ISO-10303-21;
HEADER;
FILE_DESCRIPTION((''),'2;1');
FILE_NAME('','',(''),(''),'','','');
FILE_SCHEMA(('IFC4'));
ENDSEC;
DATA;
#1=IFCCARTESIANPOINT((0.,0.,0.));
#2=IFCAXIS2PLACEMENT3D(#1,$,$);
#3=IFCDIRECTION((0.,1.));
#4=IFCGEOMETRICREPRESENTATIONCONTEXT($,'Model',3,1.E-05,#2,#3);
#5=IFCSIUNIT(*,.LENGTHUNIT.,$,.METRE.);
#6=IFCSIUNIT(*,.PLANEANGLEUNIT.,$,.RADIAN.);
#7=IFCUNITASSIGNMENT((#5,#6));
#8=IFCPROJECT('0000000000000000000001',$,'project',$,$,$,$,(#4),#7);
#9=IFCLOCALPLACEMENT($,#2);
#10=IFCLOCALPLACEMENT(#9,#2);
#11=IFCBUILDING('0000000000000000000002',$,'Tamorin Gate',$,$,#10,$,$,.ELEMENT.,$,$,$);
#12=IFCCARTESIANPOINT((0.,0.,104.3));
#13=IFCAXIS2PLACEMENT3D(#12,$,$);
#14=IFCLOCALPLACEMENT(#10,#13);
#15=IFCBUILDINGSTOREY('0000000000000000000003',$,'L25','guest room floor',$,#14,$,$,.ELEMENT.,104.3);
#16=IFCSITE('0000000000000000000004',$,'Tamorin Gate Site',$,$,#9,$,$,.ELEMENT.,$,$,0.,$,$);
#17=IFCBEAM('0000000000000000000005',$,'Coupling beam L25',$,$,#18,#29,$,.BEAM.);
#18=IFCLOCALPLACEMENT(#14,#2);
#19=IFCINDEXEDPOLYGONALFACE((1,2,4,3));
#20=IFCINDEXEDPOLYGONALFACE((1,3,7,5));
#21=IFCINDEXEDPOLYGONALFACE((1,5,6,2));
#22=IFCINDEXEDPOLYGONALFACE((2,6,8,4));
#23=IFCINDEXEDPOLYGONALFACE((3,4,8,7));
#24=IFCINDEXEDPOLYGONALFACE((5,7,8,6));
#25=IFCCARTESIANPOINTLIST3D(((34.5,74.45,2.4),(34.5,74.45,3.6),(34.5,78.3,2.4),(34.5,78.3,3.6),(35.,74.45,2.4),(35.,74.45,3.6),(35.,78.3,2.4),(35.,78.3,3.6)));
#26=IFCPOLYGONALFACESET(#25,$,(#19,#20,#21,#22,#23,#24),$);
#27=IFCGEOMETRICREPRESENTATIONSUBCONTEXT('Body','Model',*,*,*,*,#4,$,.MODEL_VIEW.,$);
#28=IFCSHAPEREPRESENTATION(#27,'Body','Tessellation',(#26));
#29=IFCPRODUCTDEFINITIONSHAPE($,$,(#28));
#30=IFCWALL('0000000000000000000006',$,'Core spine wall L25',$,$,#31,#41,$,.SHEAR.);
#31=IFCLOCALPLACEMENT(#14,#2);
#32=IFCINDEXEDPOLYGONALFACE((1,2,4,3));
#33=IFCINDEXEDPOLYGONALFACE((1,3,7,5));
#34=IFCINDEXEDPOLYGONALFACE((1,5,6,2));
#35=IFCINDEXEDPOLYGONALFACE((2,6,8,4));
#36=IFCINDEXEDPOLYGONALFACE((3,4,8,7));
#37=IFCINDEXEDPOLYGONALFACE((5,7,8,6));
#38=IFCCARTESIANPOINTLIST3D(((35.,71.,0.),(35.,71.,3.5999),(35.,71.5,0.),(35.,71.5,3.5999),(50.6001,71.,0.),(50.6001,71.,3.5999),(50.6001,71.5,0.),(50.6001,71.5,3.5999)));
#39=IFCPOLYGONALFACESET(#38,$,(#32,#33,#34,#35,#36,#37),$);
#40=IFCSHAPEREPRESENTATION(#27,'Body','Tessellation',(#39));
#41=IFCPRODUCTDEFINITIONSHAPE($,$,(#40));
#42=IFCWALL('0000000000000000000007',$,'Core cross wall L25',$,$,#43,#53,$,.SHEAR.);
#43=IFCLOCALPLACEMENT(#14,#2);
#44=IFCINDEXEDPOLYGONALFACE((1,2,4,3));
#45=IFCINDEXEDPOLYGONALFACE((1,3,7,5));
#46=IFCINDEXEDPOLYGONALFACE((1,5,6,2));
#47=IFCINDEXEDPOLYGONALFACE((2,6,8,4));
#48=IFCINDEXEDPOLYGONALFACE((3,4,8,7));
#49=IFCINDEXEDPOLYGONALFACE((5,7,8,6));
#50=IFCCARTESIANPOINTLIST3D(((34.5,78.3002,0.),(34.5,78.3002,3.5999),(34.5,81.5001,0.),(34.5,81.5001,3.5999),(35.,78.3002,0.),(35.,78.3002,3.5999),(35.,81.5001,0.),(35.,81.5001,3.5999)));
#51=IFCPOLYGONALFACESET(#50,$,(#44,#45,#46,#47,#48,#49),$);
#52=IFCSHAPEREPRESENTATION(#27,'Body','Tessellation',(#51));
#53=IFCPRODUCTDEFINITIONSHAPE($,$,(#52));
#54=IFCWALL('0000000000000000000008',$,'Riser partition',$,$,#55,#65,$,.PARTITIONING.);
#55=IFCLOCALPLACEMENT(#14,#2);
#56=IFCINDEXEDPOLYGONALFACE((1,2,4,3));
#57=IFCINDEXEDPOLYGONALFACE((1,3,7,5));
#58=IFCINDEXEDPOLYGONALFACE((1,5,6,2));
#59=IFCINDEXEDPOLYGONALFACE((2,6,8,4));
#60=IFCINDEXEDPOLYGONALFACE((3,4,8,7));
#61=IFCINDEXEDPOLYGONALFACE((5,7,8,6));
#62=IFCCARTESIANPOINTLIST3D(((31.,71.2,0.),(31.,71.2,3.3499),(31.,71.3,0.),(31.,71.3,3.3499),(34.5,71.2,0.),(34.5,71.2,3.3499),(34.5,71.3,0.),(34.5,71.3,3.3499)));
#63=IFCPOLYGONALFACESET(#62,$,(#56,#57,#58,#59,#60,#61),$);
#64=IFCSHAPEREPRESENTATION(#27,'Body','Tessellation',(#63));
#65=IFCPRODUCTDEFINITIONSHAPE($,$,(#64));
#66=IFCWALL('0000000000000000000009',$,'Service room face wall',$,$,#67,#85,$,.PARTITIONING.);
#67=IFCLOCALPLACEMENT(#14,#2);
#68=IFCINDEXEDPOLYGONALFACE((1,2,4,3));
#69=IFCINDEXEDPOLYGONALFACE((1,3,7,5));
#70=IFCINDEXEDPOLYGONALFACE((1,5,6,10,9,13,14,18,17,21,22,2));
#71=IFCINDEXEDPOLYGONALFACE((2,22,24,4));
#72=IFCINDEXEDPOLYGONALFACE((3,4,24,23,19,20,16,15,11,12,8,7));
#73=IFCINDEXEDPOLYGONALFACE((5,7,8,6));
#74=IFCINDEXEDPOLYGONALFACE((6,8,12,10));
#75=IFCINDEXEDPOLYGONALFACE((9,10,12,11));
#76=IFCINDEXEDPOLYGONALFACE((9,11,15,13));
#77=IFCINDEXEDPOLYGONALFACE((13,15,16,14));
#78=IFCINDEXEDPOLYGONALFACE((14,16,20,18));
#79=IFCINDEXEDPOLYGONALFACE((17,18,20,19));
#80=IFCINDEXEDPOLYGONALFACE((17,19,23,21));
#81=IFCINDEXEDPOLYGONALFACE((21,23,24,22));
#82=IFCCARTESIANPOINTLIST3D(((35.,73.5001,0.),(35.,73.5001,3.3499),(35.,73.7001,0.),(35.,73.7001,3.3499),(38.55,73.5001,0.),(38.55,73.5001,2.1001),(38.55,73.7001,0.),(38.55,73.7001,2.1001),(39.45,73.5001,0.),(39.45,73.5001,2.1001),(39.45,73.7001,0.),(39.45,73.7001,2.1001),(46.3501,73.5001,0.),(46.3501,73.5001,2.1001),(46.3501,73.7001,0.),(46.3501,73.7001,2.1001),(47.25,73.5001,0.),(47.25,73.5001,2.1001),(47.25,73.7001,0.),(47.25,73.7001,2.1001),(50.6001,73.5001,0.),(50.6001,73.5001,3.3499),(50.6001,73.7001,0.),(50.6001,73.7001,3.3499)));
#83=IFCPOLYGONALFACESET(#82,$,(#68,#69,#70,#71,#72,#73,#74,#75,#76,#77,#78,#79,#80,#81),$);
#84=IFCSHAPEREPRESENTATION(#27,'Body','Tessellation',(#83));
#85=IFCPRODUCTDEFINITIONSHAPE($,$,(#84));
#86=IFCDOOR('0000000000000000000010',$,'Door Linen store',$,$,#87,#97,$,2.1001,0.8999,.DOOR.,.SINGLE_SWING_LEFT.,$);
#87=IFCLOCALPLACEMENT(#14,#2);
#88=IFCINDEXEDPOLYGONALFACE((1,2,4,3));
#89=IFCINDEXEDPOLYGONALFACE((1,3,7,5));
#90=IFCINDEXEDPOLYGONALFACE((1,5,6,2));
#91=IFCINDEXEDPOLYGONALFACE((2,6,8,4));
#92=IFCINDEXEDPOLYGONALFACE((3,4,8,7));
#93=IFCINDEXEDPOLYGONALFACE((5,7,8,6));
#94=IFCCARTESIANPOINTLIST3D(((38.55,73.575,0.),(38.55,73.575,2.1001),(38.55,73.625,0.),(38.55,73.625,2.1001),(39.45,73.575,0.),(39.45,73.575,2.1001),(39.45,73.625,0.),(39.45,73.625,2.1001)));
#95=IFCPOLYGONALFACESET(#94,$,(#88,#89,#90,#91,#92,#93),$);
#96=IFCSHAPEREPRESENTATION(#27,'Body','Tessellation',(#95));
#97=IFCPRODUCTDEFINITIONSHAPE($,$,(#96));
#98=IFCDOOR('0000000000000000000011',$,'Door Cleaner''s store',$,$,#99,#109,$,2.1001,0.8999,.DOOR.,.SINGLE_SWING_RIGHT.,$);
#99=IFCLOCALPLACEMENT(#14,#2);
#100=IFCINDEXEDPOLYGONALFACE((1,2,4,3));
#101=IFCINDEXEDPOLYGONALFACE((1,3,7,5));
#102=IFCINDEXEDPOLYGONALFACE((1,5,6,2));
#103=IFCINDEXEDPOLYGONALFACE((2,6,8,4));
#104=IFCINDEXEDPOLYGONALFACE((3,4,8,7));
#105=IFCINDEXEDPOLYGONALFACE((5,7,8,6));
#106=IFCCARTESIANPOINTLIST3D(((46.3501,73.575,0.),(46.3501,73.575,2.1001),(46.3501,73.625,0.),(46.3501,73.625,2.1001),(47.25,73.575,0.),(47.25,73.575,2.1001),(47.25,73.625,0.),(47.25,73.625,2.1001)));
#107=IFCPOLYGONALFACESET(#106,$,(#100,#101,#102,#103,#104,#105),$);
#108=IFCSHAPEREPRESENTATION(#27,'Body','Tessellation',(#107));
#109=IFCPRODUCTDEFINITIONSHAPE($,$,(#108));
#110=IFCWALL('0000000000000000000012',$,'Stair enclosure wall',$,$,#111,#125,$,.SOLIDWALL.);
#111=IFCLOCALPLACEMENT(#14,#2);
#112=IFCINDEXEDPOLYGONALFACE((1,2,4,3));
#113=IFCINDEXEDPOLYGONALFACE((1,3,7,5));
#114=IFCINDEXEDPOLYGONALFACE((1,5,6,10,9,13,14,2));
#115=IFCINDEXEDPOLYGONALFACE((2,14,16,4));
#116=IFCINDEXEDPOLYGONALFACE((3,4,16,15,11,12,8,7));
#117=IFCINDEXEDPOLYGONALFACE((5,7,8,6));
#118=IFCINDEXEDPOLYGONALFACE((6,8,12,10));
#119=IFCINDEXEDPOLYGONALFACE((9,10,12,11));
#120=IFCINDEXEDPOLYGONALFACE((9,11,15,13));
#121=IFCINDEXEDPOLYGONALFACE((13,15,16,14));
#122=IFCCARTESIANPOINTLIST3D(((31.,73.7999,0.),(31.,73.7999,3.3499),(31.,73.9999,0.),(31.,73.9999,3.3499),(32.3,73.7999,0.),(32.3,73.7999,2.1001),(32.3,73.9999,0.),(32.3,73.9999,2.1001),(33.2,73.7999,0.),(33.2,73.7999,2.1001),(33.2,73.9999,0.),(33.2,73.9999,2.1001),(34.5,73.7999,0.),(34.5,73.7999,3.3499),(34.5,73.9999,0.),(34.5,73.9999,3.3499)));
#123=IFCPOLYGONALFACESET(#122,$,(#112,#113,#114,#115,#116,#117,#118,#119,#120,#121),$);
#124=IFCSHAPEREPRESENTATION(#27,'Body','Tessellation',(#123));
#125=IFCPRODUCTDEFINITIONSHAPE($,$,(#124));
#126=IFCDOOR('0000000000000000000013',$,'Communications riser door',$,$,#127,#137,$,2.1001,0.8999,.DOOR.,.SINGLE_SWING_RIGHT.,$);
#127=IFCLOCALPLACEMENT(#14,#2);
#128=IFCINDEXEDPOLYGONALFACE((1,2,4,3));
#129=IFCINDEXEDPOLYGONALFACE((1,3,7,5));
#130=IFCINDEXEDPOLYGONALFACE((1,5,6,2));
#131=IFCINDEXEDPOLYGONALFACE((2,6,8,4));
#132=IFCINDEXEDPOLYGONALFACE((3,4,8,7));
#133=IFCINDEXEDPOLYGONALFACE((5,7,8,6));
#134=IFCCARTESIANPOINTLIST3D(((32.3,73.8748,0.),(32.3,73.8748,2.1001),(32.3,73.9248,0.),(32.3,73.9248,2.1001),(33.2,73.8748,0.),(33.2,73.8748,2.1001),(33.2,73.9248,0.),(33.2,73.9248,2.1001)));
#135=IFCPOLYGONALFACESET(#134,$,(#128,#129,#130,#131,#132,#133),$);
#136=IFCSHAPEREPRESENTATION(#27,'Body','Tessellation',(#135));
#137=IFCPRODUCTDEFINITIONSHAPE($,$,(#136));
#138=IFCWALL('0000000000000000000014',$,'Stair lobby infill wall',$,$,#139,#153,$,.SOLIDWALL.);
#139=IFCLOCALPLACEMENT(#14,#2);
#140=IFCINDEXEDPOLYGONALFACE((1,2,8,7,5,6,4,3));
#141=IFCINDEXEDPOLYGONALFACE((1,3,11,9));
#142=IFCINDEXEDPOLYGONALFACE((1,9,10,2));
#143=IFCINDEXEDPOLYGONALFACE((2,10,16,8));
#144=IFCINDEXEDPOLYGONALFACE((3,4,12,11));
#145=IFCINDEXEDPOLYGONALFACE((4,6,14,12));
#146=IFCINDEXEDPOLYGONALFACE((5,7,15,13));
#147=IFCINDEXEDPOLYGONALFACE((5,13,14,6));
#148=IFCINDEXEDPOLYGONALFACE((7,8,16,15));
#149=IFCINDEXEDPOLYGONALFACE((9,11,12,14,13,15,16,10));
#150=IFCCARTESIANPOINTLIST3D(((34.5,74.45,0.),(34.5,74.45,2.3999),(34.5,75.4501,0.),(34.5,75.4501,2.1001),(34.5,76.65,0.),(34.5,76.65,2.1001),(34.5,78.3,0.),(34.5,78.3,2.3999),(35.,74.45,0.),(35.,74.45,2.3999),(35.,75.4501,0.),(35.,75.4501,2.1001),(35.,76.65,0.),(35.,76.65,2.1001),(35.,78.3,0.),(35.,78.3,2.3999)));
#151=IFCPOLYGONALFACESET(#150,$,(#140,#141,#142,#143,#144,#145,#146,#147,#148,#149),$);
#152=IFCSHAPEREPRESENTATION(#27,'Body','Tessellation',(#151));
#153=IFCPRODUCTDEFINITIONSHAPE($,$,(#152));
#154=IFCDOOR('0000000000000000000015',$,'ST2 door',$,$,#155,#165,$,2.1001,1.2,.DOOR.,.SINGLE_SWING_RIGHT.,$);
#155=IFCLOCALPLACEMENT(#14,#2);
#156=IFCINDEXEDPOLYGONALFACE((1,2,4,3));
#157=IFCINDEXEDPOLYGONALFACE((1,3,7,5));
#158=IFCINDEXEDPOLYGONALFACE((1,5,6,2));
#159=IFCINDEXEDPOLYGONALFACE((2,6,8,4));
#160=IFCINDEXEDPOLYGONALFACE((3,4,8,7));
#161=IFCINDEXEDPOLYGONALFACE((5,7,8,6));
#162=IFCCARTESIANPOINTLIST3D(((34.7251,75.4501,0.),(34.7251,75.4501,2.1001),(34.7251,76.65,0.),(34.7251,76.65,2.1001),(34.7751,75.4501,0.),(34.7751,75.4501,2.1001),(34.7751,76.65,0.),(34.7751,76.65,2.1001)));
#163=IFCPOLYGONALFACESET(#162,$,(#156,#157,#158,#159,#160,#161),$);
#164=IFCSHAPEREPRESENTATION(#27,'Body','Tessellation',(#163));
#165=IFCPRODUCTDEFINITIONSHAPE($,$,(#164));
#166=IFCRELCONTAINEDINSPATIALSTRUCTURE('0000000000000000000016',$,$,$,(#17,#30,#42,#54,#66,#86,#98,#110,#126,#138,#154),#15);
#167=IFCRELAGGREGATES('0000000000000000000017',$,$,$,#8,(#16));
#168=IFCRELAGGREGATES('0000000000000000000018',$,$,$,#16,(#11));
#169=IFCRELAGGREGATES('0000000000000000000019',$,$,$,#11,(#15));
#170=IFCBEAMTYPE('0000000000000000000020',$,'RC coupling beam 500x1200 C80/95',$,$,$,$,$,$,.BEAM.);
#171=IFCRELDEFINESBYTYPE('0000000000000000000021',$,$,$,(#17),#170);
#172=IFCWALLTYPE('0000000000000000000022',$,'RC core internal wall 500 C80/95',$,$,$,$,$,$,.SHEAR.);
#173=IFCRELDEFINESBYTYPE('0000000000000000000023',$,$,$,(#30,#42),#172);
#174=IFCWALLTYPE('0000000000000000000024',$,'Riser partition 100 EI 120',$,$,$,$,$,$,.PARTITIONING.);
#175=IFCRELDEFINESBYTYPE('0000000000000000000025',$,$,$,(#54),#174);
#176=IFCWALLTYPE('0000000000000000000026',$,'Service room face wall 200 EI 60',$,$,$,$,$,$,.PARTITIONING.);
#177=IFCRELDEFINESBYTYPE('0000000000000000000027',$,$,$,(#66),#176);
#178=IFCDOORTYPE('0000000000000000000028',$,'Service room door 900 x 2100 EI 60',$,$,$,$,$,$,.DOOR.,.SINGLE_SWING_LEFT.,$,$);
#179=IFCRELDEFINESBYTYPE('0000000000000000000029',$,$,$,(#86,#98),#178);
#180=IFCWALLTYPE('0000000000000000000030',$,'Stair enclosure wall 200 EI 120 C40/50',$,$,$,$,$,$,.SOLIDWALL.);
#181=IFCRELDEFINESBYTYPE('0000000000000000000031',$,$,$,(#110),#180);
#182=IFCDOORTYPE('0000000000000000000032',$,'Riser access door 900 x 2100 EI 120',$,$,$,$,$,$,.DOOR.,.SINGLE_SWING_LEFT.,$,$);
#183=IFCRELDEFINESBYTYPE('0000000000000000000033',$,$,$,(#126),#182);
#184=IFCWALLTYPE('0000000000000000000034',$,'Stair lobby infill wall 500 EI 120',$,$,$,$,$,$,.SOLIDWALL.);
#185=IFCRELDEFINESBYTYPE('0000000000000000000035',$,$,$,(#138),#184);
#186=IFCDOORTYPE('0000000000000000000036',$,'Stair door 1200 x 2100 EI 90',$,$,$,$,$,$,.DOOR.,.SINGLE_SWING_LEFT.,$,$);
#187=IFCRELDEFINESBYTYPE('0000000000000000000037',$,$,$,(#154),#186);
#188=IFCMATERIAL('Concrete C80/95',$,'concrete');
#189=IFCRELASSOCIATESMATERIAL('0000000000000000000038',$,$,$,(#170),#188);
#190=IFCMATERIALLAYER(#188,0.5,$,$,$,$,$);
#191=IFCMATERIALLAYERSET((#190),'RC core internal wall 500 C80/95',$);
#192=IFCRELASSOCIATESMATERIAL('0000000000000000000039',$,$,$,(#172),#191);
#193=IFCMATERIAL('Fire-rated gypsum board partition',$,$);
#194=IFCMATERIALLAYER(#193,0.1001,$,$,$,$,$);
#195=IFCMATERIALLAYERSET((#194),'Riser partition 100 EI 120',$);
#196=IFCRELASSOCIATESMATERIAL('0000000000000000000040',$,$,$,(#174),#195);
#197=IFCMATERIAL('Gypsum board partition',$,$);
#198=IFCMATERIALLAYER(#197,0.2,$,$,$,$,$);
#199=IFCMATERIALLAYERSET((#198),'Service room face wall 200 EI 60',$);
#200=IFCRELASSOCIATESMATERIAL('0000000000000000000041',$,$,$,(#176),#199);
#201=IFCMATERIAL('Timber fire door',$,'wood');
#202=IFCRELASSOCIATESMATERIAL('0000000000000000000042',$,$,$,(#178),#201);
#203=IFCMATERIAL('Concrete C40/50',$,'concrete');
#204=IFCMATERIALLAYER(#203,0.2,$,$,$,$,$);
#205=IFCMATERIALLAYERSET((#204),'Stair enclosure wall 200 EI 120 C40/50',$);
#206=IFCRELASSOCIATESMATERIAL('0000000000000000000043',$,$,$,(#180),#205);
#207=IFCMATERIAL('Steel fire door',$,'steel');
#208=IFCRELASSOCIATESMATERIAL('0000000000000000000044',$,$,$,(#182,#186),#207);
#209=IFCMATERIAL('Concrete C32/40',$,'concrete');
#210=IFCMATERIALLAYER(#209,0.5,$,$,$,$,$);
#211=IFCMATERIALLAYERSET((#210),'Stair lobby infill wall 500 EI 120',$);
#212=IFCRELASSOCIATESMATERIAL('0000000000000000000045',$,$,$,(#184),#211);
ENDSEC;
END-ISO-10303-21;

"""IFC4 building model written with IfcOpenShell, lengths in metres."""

from ifc_helpers import new_model, si_unit, direction, frame, frame_2d, origin, origin_2d, place, context, subcontext, project, spatial, rectangle, extrude, material, layer, layer_set, material_profile, profile_set, type_object, element, fill, save


model = new_model("IFC4")

# Units and contexts
model_context = context("Model", 3, precision=1e-05, world=origin(), true_north=direction((0.0, 1.0)))
body_context = subcontext(model_context, "Body", "Model", "MODEL_VIEW")
ifc_project = project(units=[si_unit("LENGTHUNIT", "METRE"), si_unit("PLANEANGLEUNIT", "RADIAN")], contexts=[model_context])

# Site, building, storey
site_placement = place(None, origin())
site = spatial("IfcSite", under=ifc_project, at=site_placement, Name="Tamorin Gate Site", CompositionType="ELEMENT", RefElevation=0.0)
building_placement = place(site_placement, origin())
building = spatial("IfcBuilding", under=site, at=building_placement, Name="Tamorin Gate", CompositionType="ELEMENT")
storey_placement = place(building_placement, frame((0.0, 0.0, 104.3)))
storey = spatial("IfcBuildingStorey", under=building, at=storey_placement, Name="L25", Description="guest room floor", CompositionType="ELEMENT", Elevation=104.3)

# Beam
ifc_material_1 = material(Name="Concrete C80/95", Category="concrete")
ifc_material_profile = material_profile(ifc_material_1, rectangle(XDim=0.5, YDim=1.2, at=origin_2d()), Name="RC 500x1200")
ifc_profile_set = profile_set([ifc_material_profile], Name="Concrete C80/95")
beam_type = type_object("IfcBeamType", Name="RC coupling beam 500x1200 C80/95", PredefinedType="BEAM", material=ifc_profile_set)
beam_placement = place(storey_placement, frame((34.75, 74.45, 3.0), z_axis=(0.0, 1.0, 0.0), x_axis=(-1.0, 0.0, 0.0)))
element("IfcBeam", 1, at=beam_placement, inside=storey, type_object=beam_type, Name="Coupling beam L25", PredefinedType="BEAM", context=body_context, shape_type="SweptSolid", body=[
    extrude(rectangle(XDim=0.5, YDim=1.2, at=origin_2d()), origin(), (0.0, 0.0, 1.0), 3.8501),
])

# Walls
ifc_layer_1 = layer(ifc_material_1, 0.5)
ifc_layer_set_1 = layer_set([ifc_layer_1], Name="RC core internal wall 500 C80/95")
wall_type_1 = type_object("IfcWallType", Name="RC core internal wall 500 C80/95", PredefinedType="SHEAR", material=ifc_layer_set_1)
wall_1_placement = place(storey_placement, frame((35.0, 71.25, 0.0), z_axis=(0.0, 0.0, 1.0), x_axis=(1.0, 0.0, 0.0)))
element("IfcWall", 2, at=wall_1_placement, inside=storey, type_object=wall_type_1, Name="Core spine wall L25", PredefinedType="SHEAR", context=body_context, shape_type="SweptSolid", body=[
    extrude(rectangle(XDim=15.6001, YDim=0.5, at=frame_2d((7.8, 0.0))), origin(), (0.0, 0.0, 1.0), 3.5999),
])
wall_2_placement = place(storey_placement, frame((34.75, 78.3, 0.0), z_axis=(0.0, 0.0, 1.0), x_axis=(0.0, 1.0, 0.0)))
element("IfcWall", 3, at=wall_2_placement, inside=storey, type_object=wall_type_1, Name="Core cross wall L25", PredefinedType="SHEAR", context=body_context, shape_type="SweptSolid", body=[
    extrude(rectangle(XDim=3.2, YDim=0.5, at=frame_2d((1.6001, 0.0))), origin(), (0.0, 0.0, 1.0), 3.5999),
])
ifc_material_2 = material(Name="Fire-rated gypsum board partition")
ifc_layer_2 = layer(ifc_material_2, 0.1001)
ifc_layer_set_2 = layer_set([ifc_layer_2], Name="Riser partition 100 EI 120")
wall_type_2 = type_object("IfcWallType", Name="Riser partition 100 EI 120", PredefinedType="PARTITIONING", material=ifc_layer_set_2)
wall_3_placement = place(storey_placement, frame((31.0, 71.25, 0.0), z_axis=(0.0, 0.0, 1.0), x_axis=(1.0, 0.0, 0.0)))
element("IfcWall", 4, at=wall_3_placement, inside=storey, type_object=wall_type_2, Name="Riser partition", PredefinedType="PARTITIONING", context=body_context, shape_type="SweptSolid", body=[
    extrude(rectangle(XDim=3.5, YDim=0.1001, at=frame_2d((1.75, 0.0))), origin(), (0.0, 0.0, 1.0), 3.3499),
])

# Wall, openings, doors
ifc_material_3 = material(Name="Gypsum board partition")
ifc_layer_3 = layer(ifc_material_3, 0.2)
ifc_layer_set_3 = layer_set([ifc_layer_3], Name="Service room face wall 200 EI 60")
wall_type_3 = type_object("IfcWallType", Name="Service room face wall 200 EI 60", PredefinedType="PARTITIONING", material=ifc_layer_set_3)
wall_4_placement = place(storey_placement, frame((35.0, 73.6001, 0.0), z_axis=(0.0, 0.0, 1.0), x_axis=(1.0, 0.0, 0.0)))
wall_4 = element("IfcWall", 5, at=wall_4_placement, inside=storey, type_object=wall_type_3, Name="Service room face wall", PredefinedType="PARTITIONING", context=body_context, shape_type="SweptSolid", body=[
    extrude(rectangle(XDim=15.6001, YDim=0.2, at=frame_2d((7.8, 0.0))), origin(), (0.0, 0.0, 1.0), 3.3499),
])
opening_1_placement = place(wall_4_placement, frame((3.55, 0.0, 0.0)))
opening_1 = element("IfcOpeningElement", 6, at=opening_1_placement, cuts=wall_4, PredefinedType="OPENING", context=body_context, shape_type="SweptSolid", body=[
    extrude(rectangle(XDim=0.8999, YDim=2.1001, at=frame_2d((0.45, 1.05))), frame((0.0, 0.1099, 0.0), z_axis=(0.0, -1.0, 0.0), x_axis=(1.0, 0.0, 0.0)), (0.0, 0.0, 1.0), 0.22),
])
opening_2_placement = place(wall_4_placement, frame((11.3501, 0.0, 0.0)))
opening_2 = element("IfcOpeningElement", 7, at=opening_2_placement, cuts=wall_4, PredefinedType="OPENING", context=body_context, shape_type="SweptSolid", body=[
    extrude(rectangle(XDim=0.8999, YDim=2.1001, at=frame_2d((0.45, 1.05))), frame((0.0, 0.1099, 0.0), z_axis=(0.0, -1.0, 0.0), x_axis=(1.0, 0.0, 0.0)), (0.0, 0.0, 1.0), 0.22),
])
ifc_material_4 = material(Name="Timber fire door", Category="wood")
door_type_1 = type_object("IfcDoorType", Name="Service room door 900 x 2100 EI 60", OperationType="SINGLE_SWING_LEFT", PredefinedType="DOOR", material=ifc_material_4)
door_1_placement = place(opening_1_placement, origin())
door_1 = element("IfcDoor", 8, at=door_1_placement, inside=storey, type_object=door_type_1, Name="Door Linen store", OperationType="SINGLE_SWING_LEFT", OverallHeight=2.1001, OverallWidth=0.8999, PredefinedType="DOOR", context=body_context, shape_type="SweptSolid", body=[
    extrude(rectangle(XDim=0.8999, YDim=2.1001, at=frame_2d((0.45, 1.05))), frame((0.0, 0.0249, 0.0), z_axis=(0.0, -1.0, 0.0), x_axis=(1.0, 0.0, 0.0)), (0.0, 0.0, 1.0), 0.05),
])
fill(opening_1, door_1)
door_2_placement = place(opening_2_placement, origin())
door_2 = element("IfcDoor", 9, at=door_2_placement, inside=storey, type_object=door_type_1, Name="Door Cleaner's store", OperationType="SINGLE_SWING_RIGHT", OverallHeight=2.1001, OverallWidth=0.8999, PredefinedType="DOOR", context=body_context, shape_type="SweptSolid", body=[
    extrude(rectangle(XDim=0.8999, YDim=2.1001, at=frame_2d((0.45, 1.05))), frame((0.0, 0.0249, 0.0), z_axis=(0.0, -1.0, 0.0), x_axis=(1.0, 0.0, 0.0)), (0.0, 0.0, 1.0), 0.05),
])
fill(opening_2, door_2)

# Walls, openings, doors
ifc_material_5 = material(Name="Concrete C40/50", Category="concrete")
ifc_layer_4 = layer(ifc_material_5, 0.2)
ifc_layer_set_4 = layer_set([ifc_layer_4], Name="Stair enclosure wall 200 EI 120 C40/50")
wall_type_4 = type_object("IfcWallType", Name="Stair enclosure wall 200 EI 120 C40/50", PredefinedType="SOLIDWALL", material=ifc_layer_set_4)
wall_5_placement = place(storey_placement, frame((31.0, 73.8999, 0.0), z_axis=(0.0, 0.0, 1.0), x_axis=(1.0, 0.0, 0.0)))
wall_5 = element("IfcWall", 10, at=wall_5_placement, inside=storey, type_object=wall_type_4, Name="Stair enclosure wall", PredefinedType="SOLIDWALL", context=body_context, shape_type="SweptSolid", body=[
    extrude(rectangle(XDim=3.5, YDim=0.2, at=frame_2d((1.75, 0.0))), origin(), (0.0, 0.0, 1.0), 3.3499),
])
opening_3_placement = place(wall_5_placement, frame((1.3, 0.0, 0.0)))
opening_3 = element("IfcOpeningElement", 11, at=opening_3_placement, cuts=wall_5, PredefinedType="OPENING", context=body_context, shape_type="SweptSolid", body=[
    extrude(rectangle(XDim=0.8999, YDim=2.1001, at=frame_2d((0.45, 1.05))), frame((0.0, 0.1099, 0.0), z_axis=(0.0, -1.0, 0.0), x_axis=(1.0, 0.0, 0.0)), (0.0, 0.0, 1.0), 0.22),
])
ifc_material_6 = material(Name="Steel fire door", Category="steel")
door_type_2 = type_object("IfcDoorType", Name="Riser access door 900 x 2100 EI 120", OperationType="SINGLE_SWING_LEFT", PredefinedType="DOOR", material=ifc_material_6)
door_3_placement = place(opening_3_placement, origin())
door_3 = element("IfcDoor", 12, at=door_3_placement, inside=storey, type_object=door_type_2, Name="Communications riser door", OperationType="SINGLE_SWING_RIGHT", OverallHeight=2.1001, OverallWidth=0.8999, PredefinedType="DOOR", context=body_context, shape_type="SweptSolid", body=[
    extrude(rectangle(XDim=0.8999, YDim=2.1001, at=frame_2d((0.45, 1.05))), frame((0.0, 0.0249, 0.0), z_axis=(0.0, -1.0, 0.0), x_axis=(1.0, 0.0, 0.0)), (0.0, 0.0, 1.0), 0.05),
])
fill(opening_3, door_3)
ifc_material_7 = material(Name="Concrete C32/40", Category="concrete")
ifc_layer_5 = layer(ifc_material_7, 0.5)
ifc_layer_set_5 = layer_set([ifc_layer_5], Name="Stair lobby infill wall 500 EI 120")
wall_type_5 = type_object("IfcWallType", Name="Stair lobby infill wall 500 EI 120", PredefinedType="SOLIDWALL", material=ifc_layer_set_5)
wall_6_placement = place(storey_placement, frame((34.75, 74.45, 0.0), z_axis=(0.0, 0.0, 1.0), x_axis=(0.0, 1.0, 0.0)))
wall_6 = element("IfcWall", 13, at=wall_6_placement, inside=storey, type_object=wall_type_5, Name="Stair lobby infill wall", PredefinedType="SOLIDWALL", context=body_context, shape_type="SweptSolid", body=[
    extrude(rectangle(XDim=3.8501, YDim=0.5, at=frame_2d((1.925, 0.0))), origin(), (0.0, 0.0, 1.0), 2.3999),
])
opening_4_placement = place(wall_6_placement, frame((1.0, 0.0, 0.0)))
opening_4 = element("IfcOpeningElement", 14, at=opening_4_placement, cuts=wall_6, PredefinedType="OPENING", context=body_context, shape_type="SweptSolid", body=[
    extrude(rectangle(XDim=1.2, YDim=2.1001, at=frame_2d((0.6001, 1.05))), frame((0.0, 0.26, 0.0), z_axis=(0.0, -1.0, 0.0), x_axis=(1.0, 0.0, 0.0)), (0.0, 0.0, 1.0), 0.52),
])
door_type_3 = type_object("IfcDoorType", Name="Stair door 1200 x 2100 EI 90", OperationType="SINGLE_SWING_LEFT", PredefinedType="DOOR", material=ifc_material_6)
door_4_placement = place(opening_4_placement, origin())
door_4 = element("IfcDoor", 15, at=door_4_placement, inside=storey, type_object=door_type_3, Name="ST2 door", OperationType="SINGLE_SWING_RIGHT", OverallHeight=2.1001, OverallWidth=1.2, PredefinedType="DOOR", context=body_context, shape_type="SweptSolid", body=[
    extrude(rectangle(XDim=1.2, YDim=2.1001, at=frame_2d((0.6001, 1.05))), frame((0.0, 0.0249, 0.0), z_axis=(0.0, -1.0, 0.0), x_axis=(1.0, 0.0, 0.0)), (0.0, 0.0, 1.0), 0.05),
])
fill(opening_4, door_4)

save(model, "model.ifc")
